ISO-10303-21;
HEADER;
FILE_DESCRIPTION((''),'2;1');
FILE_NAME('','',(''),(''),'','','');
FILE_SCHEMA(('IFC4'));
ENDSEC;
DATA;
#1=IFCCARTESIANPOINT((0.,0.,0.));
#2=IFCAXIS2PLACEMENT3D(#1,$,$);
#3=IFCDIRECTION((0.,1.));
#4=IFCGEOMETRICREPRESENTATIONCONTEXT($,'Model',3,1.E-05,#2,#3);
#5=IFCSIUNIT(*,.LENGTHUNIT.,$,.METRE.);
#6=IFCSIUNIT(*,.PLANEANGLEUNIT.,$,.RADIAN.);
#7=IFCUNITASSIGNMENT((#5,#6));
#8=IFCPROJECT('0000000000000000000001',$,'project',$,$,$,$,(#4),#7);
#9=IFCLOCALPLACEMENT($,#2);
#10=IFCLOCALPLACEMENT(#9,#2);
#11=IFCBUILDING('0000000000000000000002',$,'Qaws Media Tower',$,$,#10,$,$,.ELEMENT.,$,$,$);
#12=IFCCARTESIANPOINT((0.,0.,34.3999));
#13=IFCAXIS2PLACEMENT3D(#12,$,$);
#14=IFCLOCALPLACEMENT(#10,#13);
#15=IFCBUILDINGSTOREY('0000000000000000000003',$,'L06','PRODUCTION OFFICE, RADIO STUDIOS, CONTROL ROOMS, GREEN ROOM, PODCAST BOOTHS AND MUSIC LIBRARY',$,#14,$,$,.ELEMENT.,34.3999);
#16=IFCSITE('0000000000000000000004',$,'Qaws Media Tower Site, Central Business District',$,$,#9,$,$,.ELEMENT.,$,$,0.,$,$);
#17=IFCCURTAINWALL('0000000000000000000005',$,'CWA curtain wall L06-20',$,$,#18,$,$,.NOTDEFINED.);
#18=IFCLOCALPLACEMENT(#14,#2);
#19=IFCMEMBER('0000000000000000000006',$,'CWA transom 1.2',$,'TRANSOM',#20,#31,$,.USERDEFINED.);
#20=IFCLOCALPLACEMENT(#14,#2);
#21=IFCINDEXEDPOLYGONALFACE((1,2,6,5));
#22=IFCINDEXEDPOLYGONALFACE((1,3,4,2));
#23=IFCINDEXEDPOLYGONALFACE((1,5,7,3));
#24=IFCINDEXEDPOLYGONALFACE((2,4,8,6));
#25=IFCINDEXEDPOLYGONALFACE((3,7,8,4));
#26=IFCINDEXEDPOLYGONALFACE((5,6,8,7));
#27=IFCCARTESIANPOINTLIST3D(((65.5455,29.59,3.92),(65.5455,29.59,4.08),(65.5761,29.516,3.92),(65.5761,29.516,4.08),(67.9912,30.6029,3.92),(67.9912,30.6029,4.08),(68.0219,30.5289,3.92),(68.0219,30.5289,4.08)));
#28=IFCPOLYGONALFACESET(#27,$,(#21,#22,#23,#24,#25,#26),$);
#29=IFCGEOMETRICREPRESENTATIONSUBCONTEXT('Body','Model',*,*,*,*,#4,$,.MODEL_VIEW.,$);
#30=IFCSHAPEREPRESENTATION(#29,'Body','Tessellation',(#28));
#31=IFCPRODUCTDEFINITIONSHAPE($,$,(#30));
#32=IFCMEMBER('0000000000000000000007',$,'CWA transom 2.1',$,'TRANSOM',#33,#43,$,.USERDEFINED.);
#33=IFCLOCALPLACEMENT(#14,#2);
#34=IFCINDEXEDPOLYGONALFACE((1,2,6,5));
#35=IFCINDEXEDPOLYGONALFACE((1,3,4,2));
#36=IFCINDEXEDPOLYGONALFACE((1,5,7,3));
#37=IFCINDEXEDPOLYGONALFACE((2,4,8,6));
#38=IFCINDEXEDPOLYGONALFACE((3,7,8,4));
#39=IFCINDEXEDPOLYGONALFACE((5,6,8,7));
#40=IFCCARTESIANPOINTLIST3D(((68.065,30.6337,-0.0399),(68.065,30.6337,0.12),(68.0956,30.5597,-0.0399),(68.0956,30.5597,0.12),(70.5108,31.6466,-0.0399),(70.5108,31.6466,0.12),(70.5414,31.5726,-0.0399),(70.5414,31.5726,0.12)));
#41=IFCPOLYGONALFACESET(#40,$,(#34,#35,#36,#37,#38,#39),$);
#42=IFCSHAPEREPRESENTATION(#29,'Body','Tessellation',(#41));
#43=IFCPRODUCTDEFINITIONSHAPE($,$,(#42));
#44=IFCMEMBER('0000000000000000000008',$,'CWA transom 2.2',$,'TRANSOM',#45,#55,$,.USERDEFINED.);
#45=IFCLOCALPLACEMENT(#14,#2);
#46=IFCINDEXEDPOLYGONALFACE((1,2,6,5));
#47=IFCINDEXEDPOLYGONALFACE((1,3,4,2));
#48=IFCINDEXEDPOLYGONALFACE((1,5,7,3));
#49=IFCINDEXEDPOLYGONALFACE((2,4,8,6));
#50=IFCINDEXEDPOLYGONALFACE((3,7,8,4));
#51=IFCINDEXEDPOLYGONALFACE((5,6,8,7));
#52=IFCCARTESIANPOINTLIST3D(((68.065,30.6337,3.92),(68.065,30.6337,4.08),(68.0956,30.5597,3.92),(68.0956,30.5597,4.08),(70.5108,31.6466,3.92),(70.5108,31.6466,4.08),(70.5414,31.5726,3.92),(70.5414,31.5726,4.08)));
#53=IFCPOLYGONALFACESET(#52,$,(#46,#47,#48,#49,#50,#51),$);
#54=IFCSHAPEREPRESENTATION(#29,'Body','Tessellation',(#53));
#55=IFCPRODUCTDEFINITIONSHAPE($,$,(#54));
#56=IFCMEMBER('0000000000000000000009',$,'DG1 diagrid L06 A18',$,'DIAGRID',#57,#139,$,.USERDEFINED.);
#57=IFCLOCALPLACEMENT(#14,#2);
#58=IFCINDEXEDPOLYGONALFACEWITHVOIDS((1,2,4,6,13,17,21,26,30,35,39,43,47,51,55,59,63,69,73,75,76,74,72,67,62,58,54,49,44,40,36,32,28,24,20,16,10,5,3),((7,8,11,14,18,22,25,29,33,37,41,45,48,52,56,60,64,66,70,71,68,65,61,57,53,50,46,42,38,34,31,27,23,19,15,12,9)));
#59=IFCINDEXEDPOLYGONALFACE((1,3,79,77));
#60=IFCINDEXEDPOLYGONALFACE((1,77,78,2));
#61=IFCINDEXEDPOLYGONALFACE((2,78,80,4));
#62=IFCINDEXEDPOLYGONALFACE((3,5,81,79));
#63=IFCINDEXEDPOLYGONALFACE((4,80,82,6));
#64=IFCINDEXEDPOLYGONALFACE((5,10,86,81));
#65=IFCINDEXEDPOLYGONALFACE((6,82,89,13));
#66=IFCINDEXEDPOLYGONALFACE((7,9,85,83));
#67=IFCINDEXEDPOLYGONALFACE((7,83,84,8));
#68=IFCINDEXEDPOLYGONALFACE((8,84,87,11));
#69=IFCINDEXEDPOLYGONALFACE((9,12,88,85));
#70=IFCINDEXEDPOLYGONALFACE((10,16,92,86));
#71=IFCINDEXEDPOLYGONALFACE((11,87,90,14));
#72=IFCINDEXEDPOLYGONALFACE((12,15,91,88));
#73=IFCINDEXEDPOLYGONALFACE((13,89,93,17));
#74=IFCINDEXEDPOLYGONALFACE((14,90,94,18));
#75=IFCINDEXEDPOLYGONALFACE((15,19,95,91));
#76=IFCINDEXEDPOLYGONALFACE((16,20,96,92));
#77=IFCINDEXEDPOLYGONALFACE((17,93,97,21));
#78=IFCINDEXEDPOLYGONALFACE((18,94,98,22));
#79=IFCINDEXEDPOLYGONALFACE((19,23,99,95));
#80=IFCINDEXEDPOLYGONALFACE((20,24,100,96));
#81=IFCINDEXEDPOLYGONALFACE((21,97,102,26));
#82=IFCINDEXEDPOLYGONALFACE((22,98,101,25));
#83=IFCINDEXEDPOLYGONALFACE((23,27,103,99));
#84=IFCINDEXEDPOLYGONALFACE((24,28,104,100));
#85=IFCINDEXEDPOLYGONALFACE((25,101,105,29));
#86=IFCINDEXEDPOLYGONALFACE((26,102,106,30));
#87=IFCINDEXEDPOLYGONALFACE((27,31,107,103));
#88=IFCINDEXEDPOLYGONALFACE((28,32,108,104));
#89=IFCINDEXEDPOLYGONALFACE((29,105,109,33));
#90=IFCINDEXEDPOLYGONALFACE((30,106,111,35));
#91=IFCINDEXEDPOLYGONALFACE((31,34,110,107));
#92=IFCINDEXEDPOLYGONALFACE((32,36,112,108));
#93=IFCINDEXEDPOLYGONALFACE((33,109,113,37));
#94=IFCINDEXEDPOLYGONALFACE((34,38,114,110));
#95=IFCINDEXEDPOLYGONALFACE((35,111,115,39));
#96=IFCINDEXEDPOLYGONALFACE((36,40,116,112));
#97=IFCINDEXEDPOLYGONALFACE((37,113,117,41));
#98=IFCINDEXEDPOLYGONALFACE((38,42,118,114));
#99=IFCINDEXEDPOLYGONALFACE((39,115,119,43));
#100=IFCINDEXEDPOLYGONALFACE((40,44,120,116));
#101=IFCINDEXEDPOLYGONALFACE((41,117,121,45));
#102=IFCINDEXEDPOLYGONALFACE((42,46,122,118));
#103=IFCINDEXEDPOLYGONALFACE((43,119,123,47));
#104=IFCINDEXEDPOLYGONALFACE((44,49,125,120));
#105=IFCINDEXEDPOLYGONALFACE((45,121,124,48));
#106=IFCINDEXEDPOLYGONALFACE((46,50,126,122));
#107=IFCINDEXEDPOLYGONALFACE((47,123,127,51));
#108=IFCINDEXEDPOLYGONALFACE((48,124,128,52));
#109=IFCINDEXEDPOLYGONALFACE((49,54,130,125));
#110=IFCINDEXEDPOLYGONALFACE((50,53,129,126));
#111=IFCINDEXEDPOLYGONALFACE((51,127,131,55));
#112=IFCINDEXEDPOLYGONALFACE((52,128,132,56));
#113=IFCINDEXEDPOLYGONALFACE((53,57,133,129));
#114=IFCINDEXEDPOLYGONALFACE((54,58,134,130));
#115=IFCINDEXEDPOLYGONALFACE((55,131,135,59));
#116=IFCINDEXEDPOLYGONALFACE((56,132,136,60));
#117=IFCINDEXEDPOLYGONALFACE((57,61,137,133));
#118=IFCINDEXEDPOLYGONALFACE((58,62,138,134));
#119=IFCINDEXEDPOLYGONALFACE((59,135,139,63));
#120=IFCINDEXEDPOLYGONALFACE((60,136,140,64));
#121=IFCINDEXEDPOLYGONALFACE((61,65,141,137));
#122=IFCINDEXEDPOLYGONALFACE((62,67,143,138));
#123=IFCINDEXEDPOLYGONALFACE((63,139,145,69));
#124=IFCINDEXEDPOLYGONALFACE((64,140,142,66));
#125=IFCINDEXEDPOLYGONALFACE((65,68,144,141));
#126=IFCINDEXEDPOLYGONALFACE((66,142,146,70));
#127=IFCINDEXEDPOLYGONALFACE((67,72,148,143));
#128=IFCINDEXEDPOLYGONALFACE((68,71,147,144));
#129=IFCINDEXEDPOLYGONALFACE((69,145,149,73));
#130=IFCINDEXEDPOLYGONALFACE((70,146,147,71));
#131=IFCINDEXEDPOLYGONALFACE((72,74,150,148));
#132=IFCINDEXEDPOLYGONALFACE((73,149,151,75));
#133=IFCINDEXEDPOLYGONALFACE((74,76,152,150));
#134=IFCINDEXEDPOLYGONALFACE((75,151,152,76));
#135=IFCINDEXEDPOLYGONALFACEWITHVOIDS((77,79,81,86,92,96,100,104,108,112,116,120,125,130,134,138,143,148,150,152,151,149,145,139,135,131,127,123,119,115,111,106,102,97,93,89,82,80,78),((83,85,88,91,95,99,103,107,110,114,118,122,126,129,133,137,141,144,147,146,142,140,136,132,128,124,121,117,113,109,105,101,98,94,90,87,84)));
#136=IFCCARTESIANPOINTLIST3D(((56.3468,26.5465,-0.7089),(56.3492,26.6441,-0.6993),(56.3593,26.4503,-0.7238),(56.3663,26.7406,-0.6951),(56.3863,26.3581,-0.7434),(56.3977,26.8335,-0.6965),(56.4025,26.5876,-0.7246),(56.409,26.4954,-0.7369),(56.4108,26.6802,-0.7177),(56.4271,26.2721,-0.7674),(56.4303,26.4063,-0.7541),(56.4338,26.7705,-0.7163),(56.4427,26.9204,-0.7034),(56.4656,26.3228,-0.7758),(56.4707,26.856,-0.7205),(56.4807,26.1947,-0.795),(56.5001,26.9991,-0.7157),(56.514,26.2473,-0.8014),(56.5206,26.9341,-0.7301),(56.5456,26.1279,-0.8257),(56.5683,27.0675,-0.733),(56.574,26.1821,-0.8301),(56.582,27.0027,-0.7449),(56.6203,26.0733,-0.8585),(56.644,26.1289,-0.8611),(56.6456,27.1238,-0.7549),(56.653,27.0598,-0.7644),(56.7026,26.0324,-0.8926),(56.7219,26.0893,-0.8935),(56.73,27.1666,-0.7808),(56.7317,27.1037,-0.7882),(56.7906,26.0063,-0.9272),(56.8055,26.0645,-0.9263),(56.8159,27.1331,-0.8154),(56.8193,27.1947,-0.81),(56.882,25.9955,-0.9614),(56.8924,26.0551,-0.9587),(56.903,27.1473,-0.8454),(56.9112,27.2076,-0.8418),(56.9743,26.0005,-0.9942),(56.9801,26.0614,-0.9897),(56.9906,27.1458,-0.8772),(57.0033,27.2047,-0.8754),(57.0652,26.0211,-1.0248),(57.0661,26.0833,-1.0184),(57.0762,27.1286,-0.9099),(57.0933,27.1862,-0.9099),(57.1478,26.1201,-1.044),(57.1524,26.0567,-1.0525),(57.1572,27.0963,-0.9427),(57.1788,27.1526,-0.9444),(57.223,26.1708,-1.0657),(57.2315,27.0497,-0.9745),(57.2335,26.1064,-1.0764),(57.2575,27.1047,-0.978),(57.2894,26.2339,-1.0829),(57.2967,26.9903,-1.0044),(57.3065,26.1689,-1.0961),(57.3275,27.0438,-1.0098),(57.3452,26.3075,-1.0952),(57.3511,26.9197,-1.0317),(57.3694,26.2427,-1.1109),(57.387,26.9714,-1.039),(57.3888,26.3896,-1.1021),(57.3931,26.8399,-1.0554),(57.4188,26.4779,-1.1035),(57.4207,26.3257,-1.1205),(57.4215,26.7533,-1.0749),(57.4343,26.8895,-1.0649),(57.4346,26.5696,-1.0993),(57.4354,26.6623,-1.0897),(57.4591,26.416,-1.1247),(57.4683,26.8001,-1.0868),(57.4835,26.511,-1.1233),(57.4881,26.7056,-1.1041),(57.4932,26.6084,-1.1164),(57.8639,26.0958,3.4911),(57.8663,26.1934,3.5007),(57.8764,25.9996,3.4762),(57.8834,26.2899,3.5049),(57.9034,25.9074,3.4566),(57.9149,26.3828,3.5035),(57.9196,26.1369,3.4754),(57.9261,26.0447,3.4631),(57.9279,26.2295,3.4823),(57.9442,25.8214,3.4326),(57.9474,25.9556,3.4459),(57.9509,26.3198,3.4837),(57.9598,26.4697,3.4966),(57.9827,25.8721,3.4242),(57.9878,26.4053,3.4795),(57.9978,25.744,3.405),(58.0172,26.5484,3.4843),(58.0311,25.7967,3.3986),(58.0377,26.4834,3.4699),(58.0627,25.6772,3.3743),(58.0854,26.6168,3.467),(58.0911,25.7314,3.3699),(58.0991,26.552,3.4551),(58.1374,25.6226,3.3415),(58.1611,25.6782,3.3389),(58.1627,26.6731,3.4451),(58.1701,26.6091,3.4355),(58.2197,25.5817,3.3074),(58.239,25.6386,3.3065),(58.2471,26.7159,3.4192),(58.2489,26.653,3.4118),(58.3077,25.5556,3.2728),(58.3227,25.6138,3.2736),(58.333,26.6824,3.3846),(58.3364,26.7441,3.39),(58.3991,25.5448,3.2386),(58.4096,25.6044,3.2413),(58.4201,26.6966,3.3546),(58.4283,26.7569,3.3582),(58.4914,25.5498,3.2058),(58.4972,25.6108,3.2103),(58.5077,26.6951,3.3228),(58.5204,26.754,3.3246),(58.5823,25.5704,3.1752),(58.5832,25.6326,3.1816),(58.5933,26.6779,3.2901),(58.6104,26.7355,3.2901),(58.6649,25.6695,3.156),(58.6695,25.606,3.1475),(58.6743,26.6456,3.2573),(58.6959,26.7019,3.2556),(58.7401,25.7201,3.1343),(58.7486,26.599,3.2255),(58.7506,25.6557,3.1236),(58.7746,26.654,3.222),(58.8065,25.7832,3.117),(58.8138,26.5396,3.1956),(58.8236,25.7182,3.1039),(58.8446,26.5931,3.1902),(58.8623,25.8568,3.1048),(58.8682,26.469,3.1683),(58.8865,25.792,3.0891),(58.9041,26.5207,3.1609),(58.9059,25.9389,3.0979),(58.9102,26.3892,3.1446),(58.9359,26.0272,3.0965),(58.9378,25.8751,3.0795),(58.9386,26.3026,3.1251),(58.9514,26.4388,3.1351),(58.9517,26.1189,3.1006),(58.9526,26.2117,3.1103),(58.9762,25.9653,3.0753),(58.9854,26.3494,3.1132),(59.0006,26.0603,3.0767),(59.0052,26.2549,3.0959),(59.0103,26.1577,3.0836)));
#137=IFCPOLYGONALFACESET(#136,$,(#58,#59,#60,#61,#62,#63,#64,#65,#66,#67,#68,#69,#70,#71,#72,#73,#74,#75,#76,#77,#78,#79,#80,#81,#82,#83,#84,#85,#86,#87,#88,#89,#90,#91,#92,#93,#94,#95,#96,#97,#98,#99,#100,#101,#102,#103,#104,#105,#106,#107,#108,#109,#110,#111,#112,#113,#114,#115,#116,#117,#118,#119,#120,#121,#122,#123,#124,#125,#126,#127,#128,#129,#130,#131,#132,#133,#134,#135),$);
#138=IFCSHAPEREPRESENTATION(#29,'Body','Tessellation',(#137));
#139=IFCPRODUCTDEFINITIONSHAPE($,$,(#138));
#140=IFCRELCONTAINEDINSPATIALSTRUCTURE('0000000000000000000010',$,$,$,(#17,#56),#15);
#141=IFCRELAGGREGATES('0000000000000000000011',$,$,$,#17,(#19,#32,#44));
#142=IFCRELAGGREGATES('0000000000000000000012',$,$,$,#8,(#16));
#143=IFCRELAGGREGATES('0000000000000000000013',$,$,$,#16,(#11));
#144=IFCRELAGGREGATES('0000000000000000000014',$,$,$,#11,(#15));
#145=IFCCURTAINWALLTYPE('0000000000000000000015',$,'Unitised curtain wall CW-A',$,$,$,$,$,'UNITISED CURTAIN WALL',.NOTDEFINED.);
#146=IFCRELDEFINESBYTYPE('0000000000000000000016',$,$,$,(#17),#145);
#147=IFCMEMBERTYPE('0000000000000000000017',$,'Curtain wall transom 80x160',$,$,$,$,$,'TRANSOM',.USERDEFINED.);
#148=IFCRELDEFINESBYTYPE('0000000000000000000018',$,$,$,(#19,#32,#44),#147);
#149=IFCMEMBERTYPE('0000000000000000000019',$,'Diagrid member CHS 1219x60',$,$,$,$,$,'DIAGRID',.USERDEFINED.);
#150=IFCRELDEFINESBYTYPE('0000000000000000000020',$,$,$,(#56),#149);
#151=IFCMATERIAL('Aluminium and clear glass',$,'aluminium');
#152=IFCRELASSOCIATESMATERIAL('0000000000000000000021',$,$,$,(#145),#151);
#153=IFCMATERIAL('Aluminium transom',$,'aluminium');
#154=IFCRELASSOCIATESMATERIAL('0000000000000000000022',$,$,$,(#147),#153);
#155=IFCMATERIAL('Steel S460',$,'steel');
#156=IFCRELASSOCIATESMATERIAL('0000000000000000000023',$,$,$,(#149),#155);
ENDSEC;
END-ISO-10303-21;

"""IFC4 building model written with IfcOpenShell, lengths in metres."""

from ifc_helpers import new_model, si_unit, direction, frame, origin, origin_2d, place, context, subcontext, project, spatial, rectangle, hollow_circle, extrude, material, material_profile, profile_set, type_object, element, aggregate, save


model = new_model("IFC4")

# Units and contexts
model_context = context("Model", 3, precision=1e-05, world=origin(), true_north=direction((0.0, 1.0)))
body_context = subcontext(model_context, "Body", "Model", "MODEL_VIEW")
ifc_project = project(units=[si_unit("LENGTHUNIT", "METRE"), si_unit("PLANEANGLEUNIT", "RADIAN")], contexts=[model_context])

# Site, building, storey
site_placement = place(None, origin())
site = spatial("IfcSite", under=ifc_project, at=site_placement, Name="Qaws Media Tower Site, Central Business District", CompositionType="ELEMENT", RefElevation=0.0)
building_placement = place(site_placement, origin())
building = spatial("IfcBuilding", under=site, at=building_placement, Name="Qaws Media Tower", CompositionType="ELEMENT")
storey_placement = place(building_placement, frame((0.0, 0.0, 34.3999)))
storey = spatial("IfcBuildingStorey", under=building, at=storey_placement, Name="L06", Description="PRODUCTION OFFICE, RADIO STUDIOS, CONTROL ROOMS, GREEN ROOM, PODCAST BOOTHS AND MUSIC LIBRARY", CompositionType="ELEMENT", Elevation=34.3999)

# Curtain wall
ifc_material_1 = material(Name="Aluminium and clear glass", Category="aluminium")
curtain_wall_type = type_object("IfcCurtainWallType", Name="Unitised curtain wall CW-A", ElementType="UNITISED CURTAIN WALL", PredefinedType="NOTDEFINED", material=ifc_material_1)
curtain_wall_1_placement = place(storey_placement, origin())
curtain_wall_1 = element("IfcCurtainWall", 1, at=curtain_wall_1_placement, inside=storey, type_object=curtain_wall_type, Name="CWA curtain wall L06-20", PredefinedType="NOTDEFINED")

# Members
ifc_material_2 = material(Name="Aluminium transom", Category="aluminium")
ifc_material_profile_1 = material_profile(ifc_material_2, rectangle(XDim=0.0801, YDim=0.1599, at=origin_2d()), Name="80x160")
ifc_profile_set_1 = profile_set([ifc_material_profile_1], Name="Aluminium transom")
member_type_1 = type_object("IfcMemberType", Name="Curtain wall transom 80x160", ElementType="TRANSOM", PredefinedType="USERDEFINED", material=ifc_profile_set_1)
member_1_placement = place(storey_placement, frame((65.5608, 29.553, 4.0), z_axis=(0.923899, 0.382637, 0.0), x_axis=(-0.382637, 0.923899, 0.0)))
member_1 = element("IfcMember", 2, at=member_1_placement, type_object=member_type_1, Name="CWA transom 1.2", ObjectType="TRANSOM", PredefinedType="USERDEFINED", context=body_context, shape_type="SweptSolid", body=[
    extrude(rectangle(XDim=0.0801, YDim=0.1599, at=origin_2d()), origin(), (0.0, 0.0, 1.0), 2.6472),
])
member_2_placement = place(storey_placement, frame((68.0803, 30.5967, 0.04), z_axis=(0.923899, 0.382637, 0.0), x_axis=(-0.382637, 0.923899, 0.0)))
member_2 = element("IfcMember", 3, at=member_2_placement, type_object=member_type_1, Name="CWA transom 2.1", ObjectType="TRANSOM", PredefinedType="USERDEFINED", context=body_context, shape_type="SweptSolid", body=[
    extrude(rectangle(XDim=0.0801, YDim=0.1599, at=origin_2d()), origin(), (0.0, 0.0, 1.0), 2.6472),
])
member_3_placement = place(storey_placement, frame((68.0803, 30.5967, 4.0), z_axis=(0.923899, 0.382637, 0.0), x_axis=(-0.382637, 0.923899, 0.0)))
member_3 = element("IfcMember", 4, at=member_3_placement, type_object=member_type_1, Name="CWA transom 2.2", ObjectType="TRANSOM", PredefinedType="USERDEFINED", context=body_context, shape_type="SweptSolid", body=[
    extrude(rectangle(XDim=0.0801, YDim=0.1599, at=origin_2d()), origin(), (0.0, 0.0, 1.0), 2.6472),
])

# Member
ifc_material_3 = material(Name="Steel S460", Category="steel")
ifc_material_profile_2 = material_profile(ifc_material_3, hollow_circle(Radius=0.6096, WallThickness=0.0601, at=origin_2d()), Name="CHS 1219x60")
ifc_profile_set_2 = profile_set([ifc_material_profile_2], Name="Steel S460")
member_type_2 = type_object("IfcMemberType", Name="Diagrid member CHS 1219x60", ElementType="DIAGRID", PredefinedType="USERDEFINED", material=ifc_profile_set_2)
for number, where, z_axis, x_axis, name in (
    (5, (56.9197, 26.6018, -0.9099), (0.338015, -0.100414, 0.935769), (0.284771, 0.958596, 0.0), "DG1 diagrid L06 A18"),
):
    element("IfcMember", number, at=place(storey_placement, frame(where, z_axis=z_axis, x_axis=x_axis)), inside=storey, type_object=member_type_2, Name=name, ObjectType="DIAGRID", PredefinedType="USERDEFINED", context=body_context, shape_type="SweptSolid", body=[
        extrude(hollow_circle(Radius=0.6096, WallThickness=0.0601, at=origin_2d()), origin(), (0.0, 0.0, 1.0), 4.4883),
    ])

aggregate(curtain_wall_1, [member_1, member_2, member_3])

save(model, "model.ifc")
